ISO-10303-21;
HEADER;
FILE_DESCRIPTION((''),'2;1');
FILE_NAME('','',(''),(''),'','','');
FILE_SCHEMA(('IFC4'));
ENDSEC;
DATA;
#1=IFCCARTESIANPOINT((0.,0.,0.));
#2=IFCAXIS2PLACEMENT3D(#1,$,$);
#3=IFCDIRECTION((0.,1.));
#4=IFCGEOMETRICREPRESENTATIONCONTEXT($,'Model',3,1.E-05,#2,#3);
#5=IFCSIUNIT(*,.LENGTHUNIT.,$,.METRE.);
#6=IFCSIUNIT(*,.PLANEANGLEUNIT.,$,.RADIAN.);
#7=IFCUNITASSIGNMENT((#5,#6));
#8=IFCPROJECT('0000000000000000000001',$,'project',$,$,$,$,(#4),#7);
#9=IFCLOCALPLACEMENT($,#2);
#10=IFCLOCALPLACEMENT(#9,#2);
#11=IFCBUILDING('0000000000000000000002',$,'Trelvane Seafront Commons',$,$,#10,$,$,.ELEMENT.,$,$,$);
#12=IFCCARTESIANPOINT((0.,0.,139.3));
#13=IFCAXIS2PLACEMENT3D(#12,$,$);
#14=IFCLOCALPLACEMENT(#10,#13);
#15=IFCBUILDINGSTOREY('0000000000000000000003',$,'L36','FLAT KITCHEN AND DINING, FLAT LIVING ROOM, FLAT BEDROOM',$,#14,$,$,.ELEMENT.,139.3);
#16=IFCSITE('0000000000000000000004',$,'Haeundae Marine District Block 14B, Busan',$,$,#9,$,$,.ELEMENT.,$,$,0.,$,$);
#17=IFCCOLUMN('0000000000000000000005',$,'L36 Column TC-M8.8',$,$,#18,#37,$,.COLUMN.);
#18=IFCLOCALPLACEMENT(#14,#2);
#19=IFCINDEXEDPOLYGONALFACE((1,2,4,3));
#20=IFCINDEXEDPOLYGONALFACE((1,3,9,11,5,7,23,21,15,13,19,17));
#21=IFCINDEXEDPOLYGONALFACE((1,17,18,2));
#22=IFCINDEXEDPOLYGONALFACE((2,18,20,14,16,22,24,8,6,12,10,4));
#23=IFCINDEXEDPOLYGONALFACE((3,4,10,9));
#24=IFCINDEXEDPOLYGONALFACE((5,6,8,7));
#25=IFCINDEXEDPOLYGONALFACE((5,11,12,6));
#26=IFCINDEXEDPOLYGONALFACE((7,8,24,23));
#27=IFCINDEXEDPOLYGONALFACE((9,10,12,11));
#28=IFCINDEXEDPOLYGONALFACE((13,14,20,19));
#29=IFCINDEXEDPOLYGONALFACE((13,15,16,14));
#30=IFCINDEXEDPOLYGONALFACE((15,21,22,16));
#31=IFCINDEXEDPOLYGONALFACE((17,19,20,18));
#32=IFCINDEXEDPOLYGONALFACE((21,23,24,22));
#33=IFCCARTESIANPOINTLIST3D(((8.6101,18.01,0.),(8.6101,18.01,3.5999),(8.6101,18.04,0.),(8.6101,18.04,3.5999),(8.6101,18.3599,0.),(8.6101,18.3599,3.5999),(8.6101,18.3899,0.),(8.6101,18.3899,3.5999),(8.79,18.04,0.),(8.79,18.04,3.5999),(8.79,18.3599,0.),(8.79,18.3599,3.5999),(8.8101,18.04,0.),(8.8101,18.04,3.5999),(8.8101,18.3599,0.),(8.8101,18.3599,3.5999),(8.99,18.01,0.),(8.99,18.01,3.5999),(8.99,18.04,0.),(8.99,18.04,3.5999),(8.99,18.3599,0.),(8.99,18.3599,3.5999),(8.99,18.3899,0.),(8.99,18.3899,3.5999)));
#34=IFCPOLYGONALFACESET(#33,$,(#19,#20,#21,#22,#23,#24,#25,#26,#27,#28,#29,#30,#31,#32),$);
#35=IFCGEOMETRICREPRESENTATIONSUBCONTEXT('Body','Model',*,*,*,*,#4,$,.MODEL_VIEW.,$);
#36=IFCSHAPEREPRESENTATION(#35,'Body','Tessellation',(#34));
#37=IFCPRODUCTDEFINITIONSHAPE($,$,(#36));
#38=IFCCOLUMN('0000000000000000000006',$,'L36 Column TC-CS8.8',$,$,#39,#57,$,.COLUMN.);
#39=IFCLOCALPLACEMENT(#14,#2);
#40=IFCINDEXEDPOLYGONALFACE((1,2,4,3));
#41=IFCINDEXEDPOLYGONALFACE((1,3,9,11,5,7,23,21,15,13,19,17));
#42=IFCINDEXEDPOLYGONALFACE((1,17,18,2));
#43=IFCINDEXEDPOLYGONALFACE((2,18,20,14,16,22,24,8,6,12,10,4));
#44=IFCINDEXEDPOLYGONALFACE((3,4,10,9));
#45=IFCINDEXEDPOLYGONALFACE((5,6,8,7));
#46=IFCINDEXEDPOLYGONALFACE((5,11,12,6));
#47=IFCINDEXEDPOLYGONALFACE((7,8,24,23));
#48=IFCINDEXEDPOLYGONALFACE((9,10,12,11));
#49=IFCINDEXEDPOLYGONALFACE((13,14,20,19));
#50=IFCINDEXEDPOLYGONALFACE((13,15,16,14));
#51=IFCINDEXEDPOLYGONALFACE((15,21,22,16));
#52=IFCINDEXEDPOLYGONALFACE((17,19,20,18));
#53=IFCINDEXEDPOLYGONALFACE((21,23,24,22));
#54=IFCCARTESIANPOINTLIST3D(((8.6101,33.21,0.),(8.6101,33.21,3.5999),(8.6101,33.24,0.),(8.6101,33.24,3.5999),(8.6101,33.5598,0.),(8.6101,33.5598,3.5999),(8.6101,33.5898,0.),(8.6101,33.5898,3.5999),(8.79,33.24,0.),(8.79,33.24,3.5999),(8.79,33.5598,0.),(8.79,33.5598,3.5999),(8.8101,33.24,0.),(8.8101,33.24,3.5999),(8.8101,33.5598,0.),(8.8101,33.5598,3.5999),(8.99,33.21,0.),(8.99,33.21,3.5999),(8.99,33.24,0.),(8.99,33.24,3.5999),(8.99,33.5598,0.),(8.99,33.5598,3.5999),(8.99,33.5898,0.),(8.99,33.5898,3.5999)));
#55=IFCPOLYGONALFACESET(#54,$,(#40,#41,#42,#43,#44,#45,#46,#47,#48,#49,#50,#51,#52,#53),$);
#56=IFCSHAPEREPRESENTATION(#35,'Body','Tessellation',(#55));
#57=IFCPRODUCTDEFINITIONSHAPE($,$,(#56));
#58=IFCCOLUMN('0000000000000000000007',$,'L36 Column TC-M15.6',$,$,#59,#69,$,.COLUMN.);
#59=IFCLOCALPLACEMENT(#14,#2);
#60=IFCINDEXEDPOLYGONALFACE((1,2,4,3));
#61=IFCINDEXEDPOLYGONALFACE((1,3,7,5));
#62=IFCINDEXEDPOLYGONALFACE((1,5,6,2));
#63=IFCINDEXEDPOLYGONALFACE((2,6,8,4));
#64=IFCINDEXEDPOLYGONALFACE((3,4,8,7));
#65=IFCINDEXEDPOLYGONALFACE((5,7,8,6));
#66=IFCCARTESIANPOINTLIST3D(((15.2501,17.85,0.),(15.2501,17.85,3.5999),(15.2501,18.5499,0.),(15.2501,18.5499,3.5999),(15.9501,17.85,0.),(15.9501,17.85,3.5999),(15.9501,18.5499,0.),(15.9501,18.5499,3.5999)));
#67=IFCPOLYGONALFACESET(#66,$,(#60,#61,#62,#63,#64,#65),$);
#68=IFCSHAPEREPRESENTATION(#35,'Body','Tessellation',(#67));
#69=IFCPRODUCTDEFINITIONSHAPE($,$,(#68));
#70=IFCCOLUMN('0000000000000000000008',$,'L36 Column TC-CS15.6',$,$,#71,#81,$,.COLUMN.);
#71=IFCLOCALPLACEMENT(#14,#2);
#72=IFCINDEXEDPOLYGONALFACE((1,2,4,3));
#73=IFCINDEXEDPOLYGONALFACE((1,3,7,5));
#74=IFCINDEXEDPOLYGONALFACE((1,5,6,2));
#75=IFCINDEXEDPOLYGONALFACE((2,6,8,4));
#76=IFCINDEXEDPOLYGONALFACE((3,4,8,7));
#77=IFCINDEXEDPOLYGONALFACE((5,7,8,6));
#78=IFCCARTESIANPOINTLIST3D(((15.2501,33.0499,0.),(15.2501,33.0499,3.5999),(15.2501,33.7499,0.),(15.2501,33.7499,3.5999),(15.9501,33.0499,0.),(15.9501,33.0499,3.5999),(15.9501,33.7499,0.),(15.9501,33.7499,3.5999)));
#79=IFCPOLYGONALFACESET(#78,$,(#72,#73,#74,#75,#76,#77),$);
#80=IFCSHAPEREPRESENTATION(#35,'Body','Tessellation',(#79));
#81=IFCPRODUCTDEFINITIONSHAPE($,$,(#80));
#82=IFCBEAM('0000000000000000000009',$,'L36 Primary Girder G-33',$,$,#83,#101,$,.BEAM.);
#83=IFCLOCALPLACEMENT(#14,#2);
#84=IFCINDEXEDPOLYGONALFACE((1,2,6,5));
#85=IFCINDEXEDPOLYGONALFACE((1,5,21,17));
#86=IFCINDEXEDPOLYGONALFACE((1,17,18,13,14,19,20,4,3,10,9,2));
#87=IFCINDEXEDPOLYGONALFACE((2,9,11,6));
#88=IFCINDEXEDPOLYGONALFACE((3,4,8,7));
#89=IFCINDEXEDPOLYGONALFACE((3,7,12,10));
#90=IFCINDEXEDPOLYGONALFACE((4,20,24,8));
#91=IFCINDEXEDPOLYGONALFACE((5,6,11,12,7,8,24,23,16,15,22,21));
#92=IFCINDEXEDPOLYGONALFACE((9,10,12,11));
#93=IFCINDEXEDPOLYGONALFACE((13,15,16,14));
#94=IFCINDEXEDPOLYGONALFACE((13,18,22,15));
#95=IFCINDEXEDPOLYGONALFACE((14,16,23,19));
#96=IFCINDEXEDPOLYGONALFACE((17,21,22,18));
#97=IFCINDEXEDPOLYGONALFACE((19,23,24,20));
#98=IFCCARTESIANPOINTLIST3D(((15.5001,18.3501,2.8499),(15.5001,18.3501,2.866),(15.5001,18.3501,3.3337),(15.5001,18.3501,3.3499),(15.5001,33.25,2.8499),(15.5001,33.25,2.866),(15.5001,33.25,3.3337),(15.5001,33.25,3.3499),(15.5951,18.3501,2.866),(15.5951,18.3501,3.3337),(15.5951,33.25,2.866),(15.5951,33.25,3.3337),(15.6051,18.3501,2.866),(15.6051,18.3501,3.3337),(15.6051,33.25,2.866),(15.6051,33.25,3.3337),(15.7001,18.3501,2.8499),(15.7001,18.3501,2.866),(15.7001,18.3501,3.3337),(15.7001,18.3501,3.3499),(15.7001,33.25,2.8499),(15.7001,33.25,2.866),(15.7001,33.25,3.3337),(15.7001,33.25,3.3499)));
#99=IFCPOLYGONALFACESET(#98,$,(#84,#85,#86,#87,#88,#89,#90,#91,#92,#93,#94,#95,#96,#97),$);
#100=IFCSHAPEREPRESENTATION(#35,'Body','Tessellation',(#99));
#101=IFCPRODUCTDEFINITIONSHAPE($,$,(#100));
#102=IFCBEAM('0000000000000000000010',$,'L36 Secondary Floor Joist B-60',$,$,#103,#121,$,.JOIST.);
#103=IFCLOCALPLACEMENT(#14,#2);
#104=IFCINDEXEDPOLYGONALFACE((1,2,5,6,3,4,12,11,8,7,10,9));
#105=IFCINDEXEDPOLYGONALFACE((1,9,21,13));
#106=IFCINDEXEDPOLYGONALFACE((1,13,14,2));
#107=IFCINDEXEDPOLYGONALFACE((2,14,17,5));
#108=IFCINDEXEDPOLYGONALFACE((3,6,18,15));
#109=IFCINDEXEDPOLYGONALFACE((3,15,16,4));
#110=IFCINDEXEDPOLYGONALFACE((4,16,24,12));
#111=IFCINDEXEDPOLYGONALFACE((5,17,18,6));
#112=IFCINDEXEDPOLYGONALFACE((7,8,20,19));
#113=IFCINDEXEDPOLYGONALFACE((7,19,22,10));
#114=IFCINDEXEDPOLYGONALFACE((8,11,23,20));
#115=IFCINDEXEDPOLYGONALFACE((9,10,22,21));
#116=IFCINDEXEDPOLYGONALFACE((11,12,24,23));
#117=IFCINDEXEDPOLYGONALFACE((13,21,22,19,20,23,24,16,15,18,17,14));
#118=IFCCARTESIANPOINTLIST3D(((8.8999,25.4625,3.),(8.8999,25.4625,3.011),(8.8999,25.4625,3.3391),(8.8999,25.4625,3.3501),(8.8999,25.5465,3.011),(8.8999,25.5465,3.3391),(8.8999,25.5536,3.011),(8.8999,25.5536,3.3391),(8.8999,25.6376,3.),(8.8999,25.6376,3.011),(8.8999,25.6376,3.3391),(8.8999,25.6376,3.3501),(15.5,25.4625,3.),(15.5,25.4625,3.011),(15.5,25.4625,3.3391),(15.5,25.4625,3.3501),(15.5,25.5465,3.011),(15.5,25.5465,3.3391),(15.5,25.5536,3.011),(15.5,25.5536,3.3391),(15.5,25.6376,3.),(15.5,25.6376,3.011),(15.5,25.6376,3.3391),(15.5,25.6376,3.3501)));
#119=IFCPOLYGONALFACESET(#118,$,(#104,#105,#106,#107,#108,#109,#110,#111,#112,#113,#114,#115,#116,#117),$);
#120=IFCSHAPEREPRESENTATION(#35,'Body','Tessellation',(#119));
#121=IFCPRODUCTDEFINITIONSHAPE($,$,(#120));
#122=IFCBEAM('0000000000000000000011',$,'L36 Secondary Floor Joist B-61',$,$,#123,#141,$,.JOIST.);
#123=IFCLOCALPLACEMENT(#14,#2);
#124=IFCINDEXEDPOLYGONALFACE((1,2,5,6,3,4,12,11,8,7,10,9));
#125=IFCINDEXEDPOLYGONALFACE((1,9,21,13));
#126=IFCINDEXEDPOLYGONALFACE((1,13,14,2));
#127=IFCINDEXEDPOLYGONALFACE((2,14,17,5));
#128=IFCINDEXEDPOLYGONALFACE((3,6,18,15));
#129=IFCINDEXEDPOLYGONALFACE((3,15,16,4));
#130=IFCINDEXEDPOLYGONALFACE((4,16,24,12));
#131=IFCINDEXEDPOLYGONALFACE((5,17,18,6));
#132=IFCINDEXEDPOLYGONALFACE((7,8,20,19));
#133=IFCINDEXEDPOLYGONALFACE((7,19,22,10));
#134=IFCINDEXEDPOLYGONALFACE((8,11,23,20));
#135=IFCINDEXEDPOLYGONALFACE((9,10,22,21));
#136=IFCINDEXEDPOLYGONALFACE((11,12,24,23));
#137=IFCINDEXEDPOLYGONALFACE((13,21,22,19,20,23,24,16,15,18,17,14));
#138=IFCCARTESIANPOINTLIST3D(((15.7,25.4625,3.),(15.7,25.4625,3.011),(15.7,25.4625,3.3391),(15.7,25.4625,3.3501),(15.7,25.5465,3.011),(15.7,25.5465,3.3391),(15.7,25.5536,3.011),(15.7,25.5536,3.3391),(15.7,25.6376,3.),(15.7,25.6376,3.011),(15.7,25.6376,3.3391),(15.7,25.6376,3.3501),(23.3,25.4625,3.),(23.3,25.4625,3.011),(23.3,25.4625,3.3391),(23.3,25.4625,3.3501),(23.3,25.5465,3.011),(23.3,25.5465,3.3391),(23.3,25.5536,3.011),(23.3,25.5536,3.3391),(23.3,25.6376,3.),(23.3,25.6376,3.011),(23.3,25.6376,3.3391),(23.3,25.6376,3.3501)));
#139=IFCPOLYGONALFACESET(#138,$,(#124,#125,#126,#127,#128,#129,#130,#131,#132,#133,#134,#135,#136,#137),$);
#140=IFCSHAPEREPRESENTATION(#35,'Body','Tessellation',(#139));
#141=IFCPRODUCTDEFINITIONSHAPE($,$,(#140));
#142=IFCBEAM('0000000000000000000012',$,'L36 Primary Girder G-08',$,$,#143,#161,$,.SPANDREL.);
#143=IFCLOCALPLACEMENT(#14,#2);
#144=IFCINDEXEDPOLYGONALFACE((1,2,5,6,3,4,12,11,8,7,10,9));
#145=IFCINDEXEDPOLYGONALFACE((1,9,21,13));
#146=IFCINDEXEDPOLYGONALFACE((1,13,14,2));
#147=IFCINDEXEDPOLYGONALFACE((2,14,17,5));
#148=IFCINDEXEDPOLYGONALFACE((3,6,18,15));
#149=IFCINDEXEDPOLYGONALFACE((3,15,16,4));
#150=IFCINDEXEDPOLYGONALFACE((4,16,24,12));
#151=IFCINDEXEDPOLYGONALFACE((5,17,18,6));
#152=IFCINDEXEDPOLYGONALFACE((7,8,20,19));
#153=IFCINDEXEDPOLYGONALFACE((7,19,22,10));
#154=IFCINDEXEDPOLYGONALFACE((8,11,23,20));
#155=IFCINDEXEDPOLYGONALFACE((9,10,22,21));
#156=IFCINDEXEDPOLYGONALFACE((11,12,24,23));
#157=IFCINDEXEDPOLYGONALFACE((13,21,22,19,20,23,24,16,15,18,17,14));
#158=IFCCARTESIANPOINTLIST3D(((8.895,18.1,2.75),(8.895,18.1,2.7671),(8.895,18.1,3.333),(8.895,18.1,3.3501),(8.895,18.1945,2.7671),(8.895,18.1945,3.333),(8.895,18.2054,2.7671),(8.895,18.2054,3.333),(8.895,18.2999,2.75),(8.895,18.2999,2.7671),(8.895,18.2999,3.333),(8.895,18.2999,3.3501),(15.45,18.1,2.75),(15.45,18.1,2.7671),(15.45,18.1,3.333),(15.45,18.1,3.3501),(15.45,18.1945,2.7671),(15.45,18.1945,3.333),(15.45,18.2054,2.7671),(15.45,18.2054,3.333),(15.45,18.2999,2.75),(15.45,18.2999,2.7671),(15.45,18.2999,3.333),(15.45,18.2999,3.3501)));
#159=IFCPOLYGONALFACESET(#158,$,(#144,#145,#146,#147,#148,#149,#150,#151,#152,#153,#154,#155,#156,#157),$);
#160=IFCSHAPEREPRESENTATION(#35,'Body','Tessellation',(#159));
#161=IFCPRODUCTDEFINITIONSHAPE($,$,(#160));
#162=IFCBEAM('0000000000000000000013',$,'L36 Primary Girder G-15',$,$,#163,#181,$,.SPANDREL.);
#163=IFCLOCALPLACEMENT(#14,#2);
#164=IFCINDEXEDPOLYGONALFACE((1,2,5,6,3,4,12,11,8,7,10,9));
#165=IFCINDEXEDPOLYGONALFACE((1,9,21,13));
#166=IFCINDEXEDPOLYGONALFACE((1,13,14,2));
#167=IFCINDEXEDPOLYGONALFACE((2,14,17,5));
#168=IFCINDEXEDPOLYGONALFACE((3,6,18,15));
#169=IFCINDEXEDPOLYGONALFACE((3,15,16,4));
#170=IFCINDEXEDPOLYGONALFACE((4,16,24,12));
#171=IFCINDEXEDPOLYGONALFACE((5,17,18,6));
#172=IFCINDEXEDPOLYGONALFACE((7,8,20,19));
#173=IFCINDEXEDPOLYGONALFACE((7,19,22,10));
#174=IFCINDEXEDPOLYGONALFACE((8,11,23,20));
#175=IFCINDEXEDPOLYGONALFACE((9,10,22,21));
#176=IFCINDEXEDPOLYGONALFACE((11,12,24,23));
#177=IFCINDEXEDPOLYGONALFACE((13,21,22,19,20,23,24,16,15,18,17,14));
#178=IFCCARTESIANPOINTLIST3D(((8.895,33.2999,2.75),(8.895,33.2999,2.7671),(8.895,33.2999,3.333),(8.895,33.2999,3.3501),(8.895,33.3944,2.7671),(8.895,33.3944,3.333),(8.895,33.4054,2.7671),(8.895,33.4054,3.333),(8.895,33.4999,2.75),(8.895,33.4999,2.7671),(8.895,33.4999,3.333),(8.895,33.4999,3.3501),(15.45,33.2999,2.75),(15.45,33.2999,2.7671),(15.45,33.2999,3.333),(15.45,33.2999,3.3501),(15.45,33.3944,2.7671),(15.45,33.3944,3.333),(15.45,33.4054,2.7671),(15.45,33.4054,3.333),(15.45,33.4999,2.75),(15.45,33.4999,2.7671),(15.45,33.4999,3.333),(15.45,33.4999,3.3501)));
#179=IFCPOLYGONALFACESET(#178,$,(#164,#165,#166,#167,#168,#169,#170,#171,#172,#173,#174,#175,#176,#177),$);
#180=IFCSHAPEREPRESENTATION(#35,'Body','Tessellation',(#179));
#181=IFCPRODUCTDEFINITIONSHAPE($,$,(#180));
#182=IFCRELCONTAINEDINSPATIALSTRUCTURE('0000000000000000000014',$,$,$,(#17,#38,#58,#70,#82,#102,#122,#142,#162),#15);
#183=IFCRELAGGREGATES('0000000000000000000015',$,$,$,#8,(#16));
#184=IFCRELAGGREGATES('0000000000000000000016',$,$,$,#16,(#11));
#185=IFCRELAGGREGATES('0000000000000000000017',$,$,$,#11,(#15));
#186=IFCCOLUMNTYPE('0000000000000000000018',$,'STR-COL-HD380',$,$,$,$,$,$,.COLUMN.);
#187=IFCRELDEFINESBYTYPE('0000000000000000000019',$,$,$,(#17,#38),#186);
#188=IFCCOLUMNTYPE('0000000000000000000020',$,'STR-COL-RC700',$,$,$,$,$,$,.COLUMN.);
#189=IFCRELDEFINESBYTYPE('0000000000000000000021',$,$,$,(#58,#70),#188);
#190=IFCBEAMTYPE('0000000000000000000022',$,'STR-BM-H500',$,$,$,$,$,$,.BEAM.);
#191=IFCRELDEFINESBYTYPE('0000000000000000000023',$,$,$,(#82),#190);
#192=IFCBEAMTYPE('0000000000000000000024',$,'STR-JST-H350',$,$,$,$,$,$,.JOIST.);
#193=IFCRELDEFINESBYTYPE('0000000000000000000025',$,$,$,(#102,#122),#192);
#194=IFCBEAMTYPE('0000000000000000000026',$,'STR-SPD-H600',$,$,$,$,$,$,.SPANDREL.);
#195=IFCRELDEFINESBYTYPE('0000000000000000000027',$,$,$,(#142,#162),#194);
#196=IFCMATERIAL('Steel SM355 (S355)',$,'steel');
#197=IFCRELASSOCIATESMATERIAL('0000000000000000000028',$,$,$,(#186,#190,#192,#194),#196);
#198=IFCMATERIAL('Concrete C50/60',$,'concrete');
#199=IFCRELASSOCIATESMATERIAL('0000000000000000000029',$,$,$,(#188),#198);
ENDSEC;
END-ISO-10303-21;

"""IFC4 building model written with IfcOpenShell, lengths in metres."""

from ifc_helpers import new_model, si_unit, direction, frame, origin, origin_2d, place, context, subcontext, project, spatial, rectangle, i_section, extrude, source, transform, mapped, material, material_profile, profile_set, type_object, element, save


model = new_model("IFC4")

# Units and contexts
model_context = context("Model", 3, precision=1e-05, world=origin(), true_north=direction((0.0, 1.0)))
body_context = subcontext(model_context, "Body", "Model", "MODEL_VIEW")
ifc_project = project(units=[si_unit("LENGTHUNIT", "METRE"), si_unit("PLANEANGLEUNIT", "RADIAN")], contexts=[model_context])

# Site, building, storey
site_placement = place(None, origin())
site = spatial("IfcSite", under=ifc_project, at=site_placement, Name="Haeundae Marine District Block 14B, Busan", CompositionType="ELEMENT", RefElevation=0.0)
building_placement = place(site_placement, origin())
building = spatial("IfcBuilding", under=site, at=building_placement, Name="Trelvane Seafront Commons", CompositionType="ELEMENT")
storey_placement = place(building_placement, frame((0.0, 0.0, 139.3)))
storey = spatial("IfcBuildingStorey", under=building, at=storey_placement, Name="L36", Description="FLAT KITCHEN AND DINING, FLAT LIVING ROOM, FLAT BEDROOM", CompositionType="ELEMENT", Elevation=139.3)

# Columns
ifc_material_1 = material(Name="Steel SM355 (S355)", Category="steel")
ifc_material_profile_1 = material_profile(ifc_material_1, i_section(OverallWidth=0.3799, OverallDepth=0.3799, WebThickness=0.02, FlangeThickness=0.03, at=origin_2d()), Name="HD-380x380x20x30")
ifc_profile_set_1 = profile_set([ifc_material_profile_1], Name="Steel SM355 (S355)")
column_type_1 = type_object("IfcColumnType", Name="STR-COL-HD380", PredefinedType="COLUMN", material=ifc_profile_set_1)
shared_shape_1 = source(origin(), body_context, "Body", "SweptSolid", [
    extrude(i_section(OverallWidth=0.3799, OverallDepth=0.3799, WebThickness=0.02, FlangeThickness=0.03, at=origin_2d()), origin(), (0.0, 0.0, 1.0), 3.5999),
])
for number, where, z_axis, x_axis, name in (
    (1, (8.8, 18.2, 0.0), (0.0, 0.0, 1.0), (1.0, 0.0, 0.0), "L36 Column TC-M8.8"),
    (2, (8.8, 33.3999, 0.0), (0.0, 0.0, 1.0), (1.0, 0.0, 0.0), "L36 Column TC-CS8.8"),
):
    element("IfcColumn", number, at=place(storey_placement, frame(where, z_axis=z_axis, x_axis=x_axis)), inside=storey, type_object=column_type_1, Name=name, PredefinedType="COLUMN", context=body_context, shape_type="MappedRepresentation", body=[
        mapped(shared_shape_1, transform((0.0, 0.0, 0.0), x_axis=(1.0, 0.0, 0.0), y_axis=(0.0, 1.0, 0.0), z_axis=(0.0, 0.0, 1.0), scale=1.0)),
    ])
ifc_material_2 = material(Name="Concrete C50/60", Category="concrete")
ifc_material_profile_2 = material_profile(ifc_material_2, rectangle(XDim=0.7, YDim=0.7, at=origin_2d()), Name="RC-700x700")
ifc_profile_set_2 = profile_set([ifc_material_profile_2], Name="Concrete C50/60")
column_type_2 = type_object("IfcColumnType", Name="STR-COL-RC700", PredefinedType="COLUMN", material=ifc_profile_set_2)
shared_shape_2 = source(origin(), body_context, "Body", "SweptSolid", [
    extrude(rectangle(XDim=0.7, YDim=0.7, at=origin_2d()), origin(), (0.0, 0.0, 1.0), 3.5999),
])
for number, where, z_axis, x_axis, name in (
    (3, (15.6001, 18.2, 0.0), (0.0, 0.0, 1.0), (1.0, 0.0, 0.0), "L36 Column TC-M15.6"),
    (4, (15.6001, 33.3999, 0.0), (0.0, 0.0, 1.0), (1.0, 0.0, 0.0), "L36 Column TC-CS15.6"),
):
    element("IfcColumn", number, at=place(storey_placement, frame(where, z_axis=z_axis, x_axis=x_axis)), inside=storey, type_object=column_type_2, Name=name, PredefinedType="COLUMN", context=body_context, shape_type="MappedRepresentation", body=[
        mapped(shared_shape_2, transform((0.0, 0.0, 0.0), x_axis=(1.0, 0.0, 0.0), y_axis=(0.0, 1.0, 0.0), z_axis=(0.0, 0.0, 1.0), scale=1.0)),
    ])

# Beams
ifc_material_profile_3 = material_profile(ifc_material_1, i_section(OverallWidth=0.2, OverallDepth=0.5, WebThickness=0.01, FlangeThickness=0.0161, at=origin_2d()), Name="H-500x200x10x16")
ifc_profile_set_3 = profile_set([ifc_material_profile_3], Name="Steel SM355 (S355)")
beam_type_1 = type_object("IfcBeamType", Name="STR-BM-H500", PredefinedType="BEAM", material=ifc_profile_set_3)
shared_shape_3 = source(origin(), body_context, "Body", "SweptSolid", [
    extrude(i_section(OverallWidth=0.2, OverallDepth=0.5, WebThickness=0.01, FlangeThickness=0.0161, at=origin_2d()), origin(), (0.0, 0.0, 1.0), 14.8999),
])
beam_1_placement = place(storey_placement, frame((15.6001, 18.3501, 3.0999), z_axis=(0.0, 1.0, 0.0), x_axis=(-1.0, 0.0, 0.0)))
element("IfcBeam", 5, at=beam_1_placement, inside=storey, type_object=beam_type_1, Name="L36 Primary Girder G-33", PredefinedType="BEAM", context=body_context, shape_type="MappedRepresentation", body=[
    mapped(shared_shape_3, transform((0.0, 0.0, 0.0), x_axis=(1.0, 0.0, 0.0), y_axis=(0.0, 1.0, 0.0), z_axis=(0.0, 0.0, 1.0), scale=1.0)),
])
ifc_material_profile_4 = material_profile(ifc_material_1, i_section(OverallWidth=0.175, OverallDepth=0.3501, WebThickness=0.0071, FlangeThickness=0.011, at=origin_2d()), Name="H-350x175x7x11")
ifc_profile_set_4 = profile_set([ifc_material_profile_4], Name="Steel SM355 (S355)")
beam_type_2 = type_object("IfcBeamType", Name="STR-JST-H350", PredefinedType="JOIST", material=ifc_profile_set_4)
shared_shape_4 = source(origin(), body_context, "Body", "SweptSolid", [
    extrude(i_section(OverallWidth=0.175, OverallDepth=0.3501, WebThickness=0.0071, FlangeThickness=0.011, at=origin_2d()), origin(), (0.0, 0.0, 1.0), 6.6001),
])
beam_2_placement = place(storey_placement, frame((8.8999, 25.55, 3.175), z_axis=(1.0, 0.0, 0.0), x_axis=(0.0, 1.0, 0.0)))
element("IfcBeam", 6, at=beam_2_placement, inside=storey, type_object=beam_type_2, Name="L36 Secondary Floor Joist B-60", PredefinedType="JOIST", context=body_context, shape_type="MappedRepresentation", body=[
    mapped(shared_shape_4, transform((0.0, 0.0, 0.0), x_axis=(1.0, 0.0, 0.0), y_axis=(0.0, 1.0, 0.0), z_axis=(0.0, 0.0, 1.0), scale=1.0)),
])
shared_shape_5 = source(origin(), body_context, "Body", "SweptSolid", [
    extrude(i_section(OverallWidth=0.175, OverallDepth=0.3501, WebThickness=0.0071, FlangeThickness=0.011, at=origin_2d()), origin(), (0.0, 0.0, 1.0), 7.6001),
])
beam_3_placement = place(storey_placement, frame((15.7, 25.55, 3.175), z_axis=(1.0, 0.0, 0.0), x_axis=(0.0, 1.0, 0.0)))
element("IfcBeam", 7, at=beam_3_placement, inside=storey, type_object=beam_type_2, Name="L36 Secondary Floor Joist B-61", PredefinedType="JOIST", context=body_context, shape_type="MappedRepresentation", body=[
    mapped(shared_shape_5, transform((0.0, 0.0, 0.0), x_axis=(1.0, 0.0, 0.0), y_axis=(0.0, 1.0, 0.0), z_axis=(0.0, 0.0, 1.0), scale=1.0)),
])
ifc_material_profile_5 = material_profile(ifc_material_1, i_section(OverallWidth=0.2, OverallDepth=0.6001, WebThickness=0.011, FlangeThickness=0.0171, at=origin_2d()), Name="H-600x200x11x17")
ifc_profile_set_5 = profile_set([ifc_material_profile_5], Name="Steel SM355 (S355)")
beam_type_3 = type_object("IfcBeamType", Name="STR-SPD-H600", PredefinedType="SPANDREL", material=ifc_profile_set_5)
shared_shape_6 = source(origin(), body_context, "Body", "SweptSolid", [
    extrude(i_section(OverallWidth=0.2, OverallDepth=0.6001, WebThickness=0.011, FlangeThickness=0.0171, at=origin_2d()), origin(), (0.0, 0.0, 1.0), 6.5549),
])
for number, where, z_axis, x_axis, name in (
    (8, (8.895, 18.2, 3.05), (1.0, 0.0, 0.0), (0.0, 1.0, 0.0), "L36 Primary Girder G-08"),
    (9, (8.895, 33.3999, 3.05), (1.0, 0.0, 0.0), (0.0, 1.0, 0.0), "L36 Primary Girder G-15"),
):
    element("IfcBeam", number, at=place(storey_placement, frame(where, z_axis=z_axis, x_axis=x_axis)), inside=storey, type_object=beam_type_3, Name=name, PredefinedType="SPANDREL", context=body_context, shape_type="MappedRepresentation", body=[
        mapped(shared_shape_6, transform((0.0, 0.0, 0.0), x_axis=(1.0, 0.0, 0.0), y_axis=(0.0, 1.0, 0.0), z_axis=(0.0, 0.0, 1.0), scale=1.0)),
    ])

save(model, "model.ifc")
